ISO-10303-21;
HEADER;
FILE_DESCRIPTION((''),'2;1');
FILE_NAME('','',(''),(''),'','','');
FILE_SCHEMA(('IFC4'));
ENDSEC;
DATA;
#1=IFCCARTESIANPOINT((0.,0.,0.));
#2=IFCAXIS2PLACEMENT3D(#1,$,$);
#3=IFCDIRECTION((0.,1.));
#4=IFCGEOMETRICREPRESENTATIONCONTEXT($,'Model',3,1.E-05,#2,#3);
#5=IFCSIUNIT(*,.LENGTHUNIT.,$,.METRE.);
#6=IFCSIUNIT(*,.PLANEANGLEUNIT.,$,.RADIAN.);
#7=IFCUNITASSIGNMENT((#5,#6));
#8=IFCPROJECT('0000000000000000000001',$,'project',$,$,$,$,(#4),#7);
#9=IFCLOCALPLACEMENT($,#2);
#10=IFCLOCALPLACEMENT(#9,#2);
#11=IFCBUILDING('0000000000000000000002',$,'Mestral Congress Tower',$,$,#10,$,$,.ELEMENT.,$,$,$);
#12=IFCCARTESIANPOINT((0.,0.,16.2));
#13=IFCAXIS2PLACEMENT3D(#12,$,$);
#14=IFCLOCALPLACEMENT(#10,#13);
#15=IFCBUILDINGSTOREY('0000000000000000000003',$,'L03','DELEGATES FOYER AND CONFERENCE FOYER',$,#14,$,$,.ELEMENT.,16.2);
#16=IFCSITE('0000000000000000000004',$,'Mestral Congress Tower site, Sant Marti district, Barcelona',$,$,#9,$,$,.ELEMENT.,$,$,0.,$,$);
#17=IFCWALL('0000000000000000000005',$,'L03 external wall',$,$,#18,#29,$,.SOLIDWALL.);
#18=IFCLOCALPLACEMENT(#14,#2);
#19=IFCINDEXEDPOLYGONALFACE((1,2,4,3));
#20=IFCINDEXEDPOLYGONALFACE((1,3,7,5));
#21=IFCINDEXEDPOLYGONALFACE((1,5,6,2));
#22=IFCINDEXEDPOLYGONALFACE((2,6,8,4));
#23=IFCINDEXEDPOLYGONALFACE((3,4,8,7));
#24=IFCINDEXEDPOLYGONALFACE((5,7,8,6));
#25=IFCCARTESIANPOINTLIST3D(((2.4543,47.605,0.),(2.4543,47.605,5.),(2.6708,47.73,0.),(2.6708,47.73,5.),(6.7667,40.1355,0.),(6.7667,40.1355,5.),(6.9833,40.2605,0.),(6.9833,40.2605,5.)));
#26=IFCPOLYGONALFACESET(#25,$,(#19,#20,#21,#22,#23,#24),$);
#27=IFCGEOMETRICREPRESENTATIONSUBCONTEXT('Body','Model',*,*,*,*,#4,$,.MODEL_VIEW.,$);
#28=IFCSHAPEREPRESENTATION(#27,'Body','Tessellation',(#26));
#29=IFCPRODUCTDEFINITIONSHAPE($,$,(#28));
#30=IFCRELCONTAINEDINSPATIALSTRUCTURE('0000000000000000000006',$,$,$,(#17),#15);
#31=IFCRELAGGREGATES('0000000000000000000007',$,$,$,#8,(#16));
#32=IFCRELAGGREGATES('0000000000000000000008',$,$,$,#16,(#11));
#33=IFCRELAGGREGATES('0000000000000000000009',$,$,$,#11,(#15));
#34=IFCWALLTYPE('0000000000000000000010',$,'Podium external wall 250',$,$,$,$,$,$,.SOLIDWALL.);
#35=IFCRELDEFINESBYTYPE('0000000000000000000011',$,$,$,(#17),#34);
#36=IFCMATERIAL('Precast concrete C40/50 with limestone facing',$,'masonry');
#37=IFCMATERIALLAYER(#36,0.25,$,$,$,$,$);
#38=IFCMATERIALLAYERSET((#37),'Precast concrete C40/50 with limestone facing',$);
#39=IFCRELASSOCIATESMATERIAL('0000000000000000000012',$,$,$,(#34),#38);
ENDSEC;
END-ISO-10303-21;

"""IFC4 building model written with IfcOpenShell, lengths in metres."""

from ifc_helpers import new_model, si_unit, direction, frame, frame_2d, origin, place, context, subcontext, project, spatial, rectangle, extrude, material, layer, layer_set, type_object, element, save


model = new_model("IFC4")

# Units and contexts
model_context = context("Model", 3, precision=1e-05, world=origin(), true_north=direction((0.0, 1.0)))
body_context = subcontext(model_context, "Body", "Model", "MODEL_VIEW")
ifc_project = project(units=[si_unit("LENGTHUNIT", "METRE"), si_unit("PLANEANGLEUNIT", "RADIAN")], contexts=[model_context])

# Site, building, storey
site_placement = place(None, origin())
site = spatial("IfcSite", under=ifc_project, at=site_placement, Name="Mestral Congress Tower site, Sant Marti district, Barcelona", CompositionType="ELEMENT", RefElevation=0.0)
building_placement = place(site_placement, origin())
building = spatial("IfcBuilding", under=site, at=building_placement, Name="Mestral Congress Tower", CompositionType="ELEMENT")
storey_placement = place(building_placement, frame((0.0, 0.0, 16.2)))
storey = spatial("IfcBuildingStorey", under=building, at=storey_placement, Name="L03", Description="DELEGATES FOYER AND CONFERENCE FOYER", CompositionType="ELEMENT", Elevation=16.2)

# Wall
ifc_material_1 = material(Name="Precast concrete C40/50 with limestone facing", Category="masonry")
ifc_layer = layer(ifc_material_1, 0.25)
ifc_layer_set = layer_set([ifc_layer], Name="Precast concrete C40/50 with limestone facing")
wall_type = type_object("IfcWallType", Name="Podium external wall 250", PredefinedType="SOLIDWALL", material=ifc_layer_set)
wall_placement = place(storey_placement, frame((6.875, 40.198, 0.0), z_axis=(0.0, 0.0, 1.0), x_axis=(-0.499999, 0.866026, 0.0)))
element("IfcWall", 1, at=wall_placement, inside=storey, type_object=wall_type, Name="L03 external wall", PredefinedType="SOLIDWALL", context=body_context, shape_type="SweptSolid", body=[
    extrude(rectangle(XDim=8.625, YDim=0.25, at=frame_2d((4.3125, 0.0))), origin(), (0.0, 0.0, 1.0), 5.0),
])

save(model, "model.ifc")
